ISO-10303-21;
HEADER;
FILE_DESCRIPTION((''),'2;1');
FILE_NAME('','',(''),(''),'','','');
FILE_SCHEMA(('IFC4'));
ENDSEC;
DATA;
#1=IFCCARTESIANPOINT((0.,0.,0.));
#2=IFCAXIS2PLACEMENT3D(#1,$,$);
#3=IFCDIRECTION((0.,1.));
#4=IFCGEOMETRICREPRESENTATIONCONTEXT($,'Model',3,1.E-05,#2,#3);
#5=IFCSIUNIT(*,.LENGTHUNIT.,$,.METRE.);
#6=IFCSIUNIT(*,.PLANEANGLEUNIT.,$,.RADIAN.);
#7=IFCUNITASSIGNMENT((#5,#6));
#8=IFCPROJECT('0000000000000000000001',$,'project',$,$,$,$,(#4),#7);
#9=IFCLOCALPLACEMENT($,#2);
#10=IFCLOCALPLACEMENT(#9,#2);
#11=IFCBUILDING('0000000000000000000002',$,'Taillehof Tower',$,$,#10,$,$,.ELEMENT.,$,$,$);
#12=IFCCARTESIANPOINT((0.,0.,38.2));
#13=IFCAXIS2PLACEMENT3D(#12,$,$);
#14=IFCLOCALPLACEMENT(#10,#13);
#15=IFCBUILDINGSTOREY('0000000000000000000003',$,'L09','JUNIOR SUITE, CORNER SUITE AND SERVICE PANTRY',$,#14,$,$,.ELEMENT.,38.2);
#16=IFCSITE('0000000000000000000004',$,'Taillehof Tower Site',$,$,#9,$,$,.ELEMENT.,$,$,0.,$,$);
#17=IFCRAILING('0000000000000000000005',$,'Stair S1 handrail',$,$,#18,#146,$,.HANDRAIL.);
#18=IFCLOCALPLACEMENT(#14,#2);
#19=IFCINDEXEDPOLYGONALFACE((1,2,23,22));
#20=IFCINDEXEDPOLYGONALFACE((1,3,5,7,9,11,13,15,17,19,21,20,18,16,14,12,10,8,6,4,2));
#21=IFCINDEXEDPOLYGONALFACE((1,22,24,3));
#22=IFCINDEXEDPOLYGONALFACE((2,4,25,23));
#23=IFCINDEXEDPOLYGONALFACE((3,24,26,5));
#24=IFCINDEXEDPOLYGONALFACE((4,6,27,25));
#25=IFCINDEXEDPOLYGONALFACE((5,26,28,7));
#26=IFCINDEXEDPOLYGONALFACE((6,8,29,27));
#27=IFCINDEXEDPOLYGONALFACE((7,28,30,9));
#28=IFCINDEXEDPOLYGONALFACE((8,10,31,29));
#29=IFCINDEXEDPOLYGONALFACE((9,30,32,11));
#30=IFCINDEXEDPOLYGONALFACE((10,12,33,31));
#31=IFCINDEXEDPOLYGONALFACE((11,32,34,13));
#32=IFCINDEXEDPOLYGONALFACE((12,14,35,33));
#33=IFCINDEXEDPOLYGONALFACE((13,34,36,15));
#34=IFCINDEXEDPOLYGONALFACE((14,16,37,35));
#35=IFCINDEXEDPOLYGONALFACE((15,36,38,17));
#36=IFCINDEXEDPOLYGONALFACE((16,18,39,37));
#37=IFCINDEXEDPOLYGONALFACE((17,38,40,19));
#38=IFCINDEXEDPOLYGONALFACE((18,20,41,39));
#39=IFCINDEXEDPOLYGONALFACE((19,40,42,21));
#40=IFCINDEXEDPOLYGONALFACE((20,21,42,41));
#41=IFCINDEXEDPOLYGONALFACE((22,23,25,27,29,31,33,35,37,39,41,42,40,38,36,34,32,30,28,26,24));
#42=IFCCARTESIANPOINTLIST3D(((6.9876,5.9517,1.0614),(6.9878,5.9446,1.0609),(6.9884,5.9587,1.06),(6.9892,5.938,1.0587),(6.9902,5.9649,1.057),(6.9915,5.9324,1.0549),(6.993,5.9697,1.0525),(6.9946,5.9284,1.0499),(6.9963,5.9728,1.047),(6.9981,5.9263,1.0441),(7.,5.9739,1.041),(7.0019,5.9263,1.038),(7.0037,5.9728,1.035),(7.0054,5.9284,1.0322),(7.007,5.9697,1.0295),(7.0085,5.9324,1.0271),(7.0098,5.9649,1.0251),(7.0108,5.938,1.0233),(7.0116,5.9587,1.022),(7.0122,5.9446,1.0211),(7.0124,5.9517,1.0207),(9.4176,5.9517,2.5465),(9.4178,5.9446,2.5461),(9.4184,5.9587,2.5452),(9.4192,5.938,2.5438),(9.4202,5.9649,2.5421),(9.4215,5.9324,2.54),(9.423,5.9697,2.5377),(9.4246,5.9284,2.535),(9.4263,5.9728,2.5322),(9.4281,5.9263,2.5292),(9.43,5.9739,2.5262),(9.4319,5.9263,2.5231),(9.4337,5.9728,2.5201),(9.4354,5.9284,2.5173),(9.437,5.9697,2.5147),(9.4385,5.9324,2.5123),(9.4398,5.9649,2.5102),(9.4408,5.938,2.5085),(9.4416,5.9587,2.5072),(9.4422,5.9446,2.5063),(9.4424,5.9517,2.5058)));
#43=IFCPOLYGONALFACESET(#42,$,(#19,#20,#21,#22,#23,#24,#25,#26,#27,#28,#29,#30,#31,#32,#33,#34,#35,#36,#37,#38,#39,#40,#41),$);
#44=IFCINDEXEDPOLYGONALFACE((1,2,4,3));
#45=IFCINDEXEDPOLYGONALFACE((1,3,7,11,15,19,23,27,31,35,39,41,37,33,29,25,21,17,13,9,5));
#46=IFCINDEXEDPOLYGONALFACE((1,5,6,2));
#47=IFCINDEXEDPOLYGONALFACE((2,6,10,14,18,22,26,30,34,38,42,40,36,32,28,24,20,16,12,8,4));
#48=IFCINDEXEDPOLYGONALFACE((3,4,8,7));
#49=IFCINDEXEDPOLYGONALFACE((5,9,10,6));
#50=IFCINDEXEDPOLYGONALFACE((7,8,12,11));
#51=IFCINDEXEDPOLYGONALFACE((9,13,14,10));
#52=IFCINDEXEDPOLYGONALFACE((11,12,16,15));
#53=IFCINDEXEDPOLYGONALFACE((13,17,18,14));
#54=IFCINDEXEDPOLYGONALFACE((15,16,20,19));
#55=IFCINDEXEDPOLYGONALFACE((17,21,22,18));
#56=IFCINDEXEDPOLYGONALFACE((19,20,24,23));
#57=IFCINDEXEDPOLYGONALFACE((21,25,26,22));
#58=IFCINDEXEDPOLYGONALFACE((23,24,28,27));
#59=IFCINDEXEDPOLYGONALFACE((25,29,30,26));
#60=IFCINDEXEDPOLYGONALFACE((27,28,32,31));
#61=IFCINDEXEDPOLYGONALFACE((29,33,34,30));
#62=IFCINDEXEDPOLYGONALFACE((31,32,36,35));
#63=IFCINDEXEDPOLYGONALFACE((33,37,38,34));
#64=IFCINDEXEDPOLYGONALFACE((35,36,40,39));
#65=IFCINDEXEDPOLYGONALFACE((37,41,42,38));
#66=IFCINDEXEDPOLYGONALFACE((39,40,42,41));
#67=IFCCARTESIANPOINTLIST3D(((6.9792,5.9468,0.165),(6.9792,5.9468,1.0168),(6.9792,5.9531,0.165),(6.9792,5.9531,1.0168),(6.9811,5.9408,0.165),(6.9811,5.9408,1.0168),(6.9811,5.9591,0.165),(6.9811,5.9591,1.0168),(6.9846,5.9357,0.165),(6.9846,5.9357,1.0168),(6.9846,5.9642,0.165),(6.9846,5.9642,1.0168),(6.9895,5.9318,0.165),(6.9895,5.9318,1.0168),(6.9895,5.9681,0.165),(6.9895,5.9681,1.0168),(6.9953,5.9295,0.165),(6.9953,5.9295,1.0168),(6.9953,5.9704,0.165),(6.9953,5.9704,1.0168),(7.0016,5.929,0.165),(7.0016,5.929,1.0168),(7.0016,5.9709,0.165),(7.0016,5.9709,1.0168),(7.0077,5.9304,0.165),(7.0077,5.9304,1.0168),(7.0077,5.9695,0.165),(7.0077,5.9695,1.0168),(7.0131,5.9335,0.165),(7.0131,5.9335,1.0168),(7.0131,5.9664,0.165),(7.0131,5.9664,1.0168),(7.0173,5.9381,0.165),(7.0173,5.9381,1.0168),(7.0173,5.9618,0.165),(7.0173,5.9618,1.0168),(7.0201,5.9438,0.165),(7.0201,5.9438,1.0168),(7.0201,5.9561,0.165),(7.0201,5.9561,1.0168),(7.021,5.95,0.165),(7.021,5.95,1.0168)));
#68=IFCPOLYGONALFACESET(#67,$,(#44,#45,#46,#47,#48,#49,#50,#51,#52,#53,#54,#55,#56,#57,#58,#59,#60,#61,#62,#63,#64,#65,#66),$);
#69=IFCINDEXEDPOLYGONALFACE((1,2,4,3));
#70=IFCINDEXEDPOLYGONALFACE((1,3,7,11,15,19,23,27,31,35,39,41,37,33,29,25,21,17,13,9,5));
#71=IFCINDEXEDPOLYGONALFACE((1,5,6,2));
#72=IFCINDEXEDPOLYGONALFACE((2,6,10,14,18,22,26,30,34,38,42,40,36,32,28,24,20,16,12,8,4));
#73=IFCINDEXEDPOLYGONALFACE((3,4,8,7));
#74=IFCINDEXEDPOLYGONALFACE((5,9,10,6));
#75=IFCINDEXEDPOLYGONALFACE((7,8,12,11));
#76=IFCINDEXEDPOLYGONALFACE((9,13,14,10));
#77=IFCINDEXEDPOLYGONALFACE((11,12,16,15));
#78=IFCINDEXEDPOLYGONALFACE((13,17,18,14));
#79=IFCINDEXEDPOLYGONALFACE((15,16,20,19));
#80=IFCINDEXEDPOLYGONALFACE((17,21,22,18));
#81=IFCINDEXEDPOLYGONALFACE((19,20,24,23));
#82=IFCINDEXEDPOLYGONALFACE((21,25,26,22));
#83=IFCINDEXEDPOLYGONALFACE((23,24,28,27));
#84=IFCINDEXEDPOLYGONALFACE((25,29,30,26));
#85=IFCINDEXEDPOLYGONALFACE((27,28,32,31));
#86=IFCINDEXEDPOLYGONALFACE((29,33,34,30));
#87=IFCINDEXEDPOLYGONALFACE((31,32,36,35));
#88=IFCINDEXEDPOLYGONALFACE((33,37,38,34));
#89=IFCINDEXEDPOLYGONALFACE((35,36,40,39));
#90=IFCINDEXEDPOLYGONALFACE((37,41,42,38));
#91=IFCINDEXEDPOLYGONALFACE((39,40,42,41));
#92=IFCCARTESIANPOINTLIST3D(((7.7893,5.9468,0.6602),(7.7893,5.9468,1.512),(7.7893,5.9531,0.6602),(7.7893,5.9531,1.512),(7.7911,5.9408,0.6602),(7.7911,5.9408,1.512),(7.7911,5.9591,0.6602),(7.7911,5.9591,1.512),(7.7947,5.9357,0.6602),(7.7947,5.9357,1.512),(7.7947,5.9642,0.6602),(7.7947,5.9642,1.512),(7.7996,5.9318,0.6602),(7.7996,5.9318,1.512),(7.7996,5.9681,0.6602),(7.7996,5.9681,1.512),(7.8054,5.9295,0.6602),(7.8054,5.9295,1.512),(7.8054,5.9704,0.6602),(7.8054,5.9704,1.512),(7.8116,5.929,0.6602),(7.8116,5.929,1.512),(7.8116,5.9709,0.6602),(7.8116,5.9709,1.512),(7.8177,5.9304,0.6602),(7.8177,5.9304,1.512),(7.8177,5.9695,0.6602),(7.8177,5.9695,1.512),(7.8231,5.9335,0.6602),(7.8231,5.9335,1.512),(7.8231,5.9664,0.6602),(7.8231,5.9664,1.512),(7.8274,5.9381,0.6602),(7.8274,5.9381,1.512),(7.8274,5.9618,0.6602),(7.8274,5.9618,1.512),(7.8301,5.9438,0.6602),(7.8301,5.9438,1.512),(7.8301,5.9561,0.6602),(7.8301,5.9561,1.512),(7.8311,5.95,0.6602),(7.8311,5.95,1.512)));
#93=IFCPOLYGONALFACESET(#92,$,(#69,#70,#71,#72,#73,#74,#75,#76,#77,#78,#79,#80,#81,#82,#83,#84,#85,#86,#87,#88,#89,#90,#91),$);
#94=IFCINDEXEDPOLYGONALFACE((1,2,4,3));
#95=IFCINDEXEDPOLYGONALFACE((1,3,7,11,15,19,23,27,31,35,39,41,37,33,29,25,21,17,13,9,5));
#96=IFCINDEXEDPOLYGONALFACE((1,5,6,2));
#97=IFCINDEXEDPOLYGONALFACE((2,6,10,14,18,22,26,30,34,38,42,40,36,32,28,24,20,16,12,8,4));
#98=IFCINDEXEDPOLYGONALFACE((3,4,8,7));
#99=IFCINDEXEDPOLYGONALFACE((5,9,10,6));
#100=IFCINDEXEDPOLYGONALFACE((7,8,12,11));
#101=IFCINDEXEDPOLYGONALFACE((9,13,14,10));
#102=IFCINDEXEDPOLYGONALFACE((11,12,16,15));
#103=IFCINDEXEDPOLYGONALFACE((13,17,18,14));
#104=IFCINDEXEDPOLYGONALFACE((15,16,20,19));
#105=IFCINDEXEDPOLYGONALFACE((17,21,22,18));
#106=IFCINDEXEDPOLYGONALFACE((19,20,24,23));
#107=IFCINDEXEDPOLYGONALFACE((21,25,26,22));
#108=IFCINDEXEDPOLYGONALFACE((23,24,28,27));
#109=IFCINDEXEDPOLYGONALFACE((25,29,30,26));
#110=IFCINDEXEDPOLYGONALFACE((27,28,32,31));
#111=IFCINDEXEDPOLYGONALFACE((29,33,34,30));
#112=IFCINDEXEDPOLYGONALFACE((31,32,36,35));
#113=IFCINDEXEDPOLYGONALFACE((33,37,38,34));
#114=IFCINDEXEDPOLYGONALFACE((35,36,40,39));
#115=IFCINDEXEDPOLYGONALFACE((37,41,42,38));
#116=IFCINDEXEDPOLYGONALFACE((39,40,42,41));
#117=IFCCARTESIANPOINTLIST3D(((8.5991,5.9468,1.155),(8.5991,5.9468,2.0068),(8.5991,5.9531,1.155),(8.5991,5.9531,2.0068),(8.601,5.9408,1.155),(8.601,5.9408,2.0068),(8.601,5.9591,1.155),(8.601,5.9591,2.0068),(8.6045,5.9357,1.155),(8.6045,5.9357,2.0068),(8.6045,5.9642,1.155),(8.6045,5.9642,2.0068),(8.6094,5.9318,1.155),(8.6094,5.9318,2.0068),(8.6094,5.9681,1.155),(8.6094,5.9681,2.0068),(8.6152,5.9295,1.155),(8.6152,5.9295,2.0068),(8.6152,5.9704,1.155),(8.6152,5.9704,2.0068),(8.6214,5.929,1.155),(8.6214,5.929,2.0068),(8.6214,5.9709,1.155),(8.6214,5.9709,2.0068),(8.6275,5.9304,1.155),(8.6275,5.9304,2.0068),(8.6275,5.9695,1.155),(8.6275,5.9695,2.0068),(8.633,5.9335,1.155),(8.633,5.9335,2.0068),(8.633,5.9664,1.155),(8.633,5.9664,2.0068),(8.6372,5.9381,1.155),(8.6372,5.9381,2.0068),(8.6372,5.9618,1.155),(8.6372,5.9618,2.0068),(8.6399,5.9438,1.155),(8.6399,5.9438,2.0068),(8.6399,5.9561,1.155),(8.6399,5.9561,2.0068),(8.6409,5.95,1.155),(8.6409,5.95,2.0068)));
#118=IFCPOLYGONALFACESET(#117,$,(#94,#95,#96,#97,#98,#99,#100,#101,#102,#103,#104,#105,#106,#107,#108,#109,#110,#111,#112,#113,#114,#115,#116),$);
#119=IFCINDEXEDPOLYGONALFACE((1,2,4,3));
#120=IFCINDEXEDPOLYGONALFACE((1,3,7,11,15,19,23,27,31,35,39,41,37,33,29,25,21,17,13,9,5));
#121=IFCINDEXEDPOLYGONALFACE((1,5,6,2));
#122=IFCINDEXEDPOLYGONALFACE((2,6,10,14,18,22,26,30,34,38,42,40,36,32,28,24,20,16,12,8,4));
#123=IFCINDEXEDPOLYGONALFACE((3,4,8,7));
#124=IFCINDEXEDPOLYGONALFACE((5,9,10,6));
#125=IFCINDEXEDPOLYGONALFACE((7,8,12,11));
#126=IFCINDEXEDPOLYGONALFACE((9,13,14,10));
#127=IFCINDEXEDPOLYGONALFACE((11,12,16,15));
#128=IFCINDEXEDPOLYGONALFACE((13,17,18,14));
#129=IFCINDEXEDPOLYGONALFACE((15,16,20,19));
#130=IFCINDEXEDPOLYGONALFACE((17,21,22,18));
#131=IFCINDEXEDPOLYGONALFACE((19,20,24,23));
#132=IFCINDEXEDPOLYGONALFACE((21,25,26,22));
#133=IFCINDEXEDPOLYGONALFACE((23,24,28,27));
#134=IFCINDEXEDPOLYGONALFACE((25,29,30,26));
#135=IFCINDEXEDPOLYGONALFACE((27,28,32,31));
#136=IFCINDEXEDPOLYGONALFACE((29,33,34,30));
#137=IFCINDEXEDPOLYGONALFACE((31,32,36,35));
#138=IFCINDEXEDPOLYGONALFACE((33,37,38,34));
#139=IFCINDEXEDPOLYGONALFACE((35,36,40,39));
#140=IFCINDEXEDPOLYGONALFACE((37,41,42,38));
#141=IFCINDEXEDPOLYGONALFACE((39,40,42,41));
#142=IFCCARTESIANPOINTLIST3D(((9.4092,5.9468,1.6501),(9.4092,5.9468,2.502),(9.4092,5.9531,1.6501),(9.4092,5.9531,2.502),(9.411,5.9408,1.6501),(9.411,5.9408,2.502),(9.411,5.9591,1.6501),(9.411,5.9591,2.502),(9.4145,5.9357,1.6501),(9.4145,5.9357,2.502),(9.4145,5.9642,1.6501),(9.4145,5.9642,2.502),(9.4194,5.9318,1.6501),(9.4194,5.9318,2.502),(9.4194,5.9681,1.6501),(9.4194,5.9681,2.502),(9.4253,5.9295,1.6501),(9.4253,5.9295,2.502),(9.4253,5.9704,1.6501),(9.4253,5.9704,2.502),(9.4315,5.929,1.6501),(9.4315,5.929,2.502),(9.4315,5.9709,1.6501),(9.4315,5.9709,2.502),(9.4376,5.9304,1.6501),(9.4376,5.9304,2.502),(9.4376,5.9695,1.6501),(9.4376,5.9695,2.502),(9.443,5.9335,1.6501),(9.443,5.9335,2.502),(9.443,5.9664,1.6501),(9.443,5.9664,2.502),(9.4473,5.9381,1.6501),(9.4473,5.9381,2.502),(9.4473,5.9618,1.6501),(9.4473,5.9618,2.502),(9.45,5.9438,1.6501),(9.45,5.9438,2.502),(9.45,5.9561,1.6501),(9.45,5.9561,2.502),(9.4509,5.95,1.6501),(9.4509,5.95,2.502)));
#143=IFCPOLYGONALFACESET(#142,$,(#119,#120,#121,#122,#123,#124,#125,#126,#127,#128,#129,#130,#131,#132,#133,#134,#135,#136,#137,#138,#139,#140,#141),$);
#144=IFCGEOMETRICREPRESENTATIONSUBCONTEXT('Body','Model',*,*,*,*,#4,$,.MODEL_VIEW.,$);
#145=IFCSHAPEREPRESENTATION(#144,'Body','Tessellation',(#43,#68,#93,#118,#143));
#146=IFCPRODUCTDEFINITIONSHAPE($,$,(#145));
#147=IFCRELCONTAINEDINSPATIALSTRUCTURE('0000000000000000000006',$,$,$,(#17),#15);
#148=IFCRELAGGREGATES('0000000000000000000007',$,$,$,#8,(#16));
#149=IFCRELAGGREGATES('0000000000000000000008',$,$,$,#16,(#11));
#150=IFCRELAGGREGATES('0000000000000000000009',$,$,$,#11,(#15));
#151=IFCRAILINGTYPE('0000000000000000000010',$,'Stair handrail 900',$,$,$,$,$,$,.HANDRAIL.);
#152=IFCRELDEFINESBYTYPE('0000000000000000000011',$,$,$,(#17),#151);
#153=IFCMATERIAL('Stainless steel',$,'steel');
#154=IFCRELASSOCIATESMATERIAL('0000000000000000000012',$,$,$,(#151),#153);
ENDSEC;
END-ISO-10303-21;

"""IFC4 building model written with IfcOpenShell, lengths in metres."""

from ifc_helpers import new_model, si_unit, direction, frame, origin, origin_2d, place, context, subcontext, project, spatial, circle, extrude, material, type_object, element, save


model = new_model("IFC4")

# Units and contexts
model_context = context("Model", 3, precision=1e-05, world=origin(), true_north=direction((0.0, 1.0)))
body_context = subcontext(model_context, "Body", "Model", "MODEL_VIEW")
ifc_project = project(units=[si_unit("LENGTHUNIT", "METRE"), si_unit("PLANEANGLEUNIT", "RADIAN")], contexts=[model_context])

# Site, building, storey
site_placement = place(None, origin())
site = spatial("IfcSite", under=ifc_project, at=site_placement, Name="Taillehof Tower Site", CompositionType="ELEMENT", RefElevation=0.0)
building_placement = place(site_placement, origin())
building = spatial("IfcBuilding", under=site, at=building_placement, Name="Taillehof Tower", CompositionType="ELEMENT")
storey_placement = place(building_placement, frame((0.0, 0.0, 38.2)))
storey = spatial("IfcBuildingStorey", under=building, at=storey_placement, Name="L09", Description="JUNIOR SUITE, CORNER SUITE AND SERVICE PANTRY", CompositionType="ELEMENT", Elevation=38.2)

# Railing
ifc_material_1 = material(Name="Stainless steel", Category="steel")
railing_type = type_object("IfcRailingType", Name="Stair handrail 900", PredefinedType="HANDRAIL", material=ifc_material_1)
railing_placement = place(storey_placement, frame((7.0, 5.95, 0.165)))
element("IfcRailing", 1, at=railing_placement, inside=storey, type_object=railing_type, Name="Stair S1 handrail", PredefinedType="HANDRAIL", context=body_context, shape_type="SweptSolid", body=[
    extrude(circle(Radius=0.0239, at=origin_2d()), frame((0.0, 0.0, 0.876), z_axis=(0.853259, 0.0, 0.521488), x_axis=(0.0, 1.0, 0.0)), (0.0, 0.0, 1.0), 2.8479),
    extrude(circle(Radius=0.021, at=origin_2d()), origin(), (0.0, 0.0, 1.0), 0.8518),
    extrude(circle(Radius=0.021, at=origin_2d()), frame((0.8101, 0.0, 0.4951)), (0.0, 0.0, 1.0), 0.8518),
    extrude(circle(Radius=0.021, at=origin_2d()), frame((1.6199, 0.0, 0.99)), (0.0, 0.0, 1.0), 0.8518),
    extrude(circle(Radius=0.021, at=origin_2d()), frame((2.4299, 0.0, 1.4851)), (0.0, 0.0, 1.0), 0.8518),
])

save(model, "model.ifc")
